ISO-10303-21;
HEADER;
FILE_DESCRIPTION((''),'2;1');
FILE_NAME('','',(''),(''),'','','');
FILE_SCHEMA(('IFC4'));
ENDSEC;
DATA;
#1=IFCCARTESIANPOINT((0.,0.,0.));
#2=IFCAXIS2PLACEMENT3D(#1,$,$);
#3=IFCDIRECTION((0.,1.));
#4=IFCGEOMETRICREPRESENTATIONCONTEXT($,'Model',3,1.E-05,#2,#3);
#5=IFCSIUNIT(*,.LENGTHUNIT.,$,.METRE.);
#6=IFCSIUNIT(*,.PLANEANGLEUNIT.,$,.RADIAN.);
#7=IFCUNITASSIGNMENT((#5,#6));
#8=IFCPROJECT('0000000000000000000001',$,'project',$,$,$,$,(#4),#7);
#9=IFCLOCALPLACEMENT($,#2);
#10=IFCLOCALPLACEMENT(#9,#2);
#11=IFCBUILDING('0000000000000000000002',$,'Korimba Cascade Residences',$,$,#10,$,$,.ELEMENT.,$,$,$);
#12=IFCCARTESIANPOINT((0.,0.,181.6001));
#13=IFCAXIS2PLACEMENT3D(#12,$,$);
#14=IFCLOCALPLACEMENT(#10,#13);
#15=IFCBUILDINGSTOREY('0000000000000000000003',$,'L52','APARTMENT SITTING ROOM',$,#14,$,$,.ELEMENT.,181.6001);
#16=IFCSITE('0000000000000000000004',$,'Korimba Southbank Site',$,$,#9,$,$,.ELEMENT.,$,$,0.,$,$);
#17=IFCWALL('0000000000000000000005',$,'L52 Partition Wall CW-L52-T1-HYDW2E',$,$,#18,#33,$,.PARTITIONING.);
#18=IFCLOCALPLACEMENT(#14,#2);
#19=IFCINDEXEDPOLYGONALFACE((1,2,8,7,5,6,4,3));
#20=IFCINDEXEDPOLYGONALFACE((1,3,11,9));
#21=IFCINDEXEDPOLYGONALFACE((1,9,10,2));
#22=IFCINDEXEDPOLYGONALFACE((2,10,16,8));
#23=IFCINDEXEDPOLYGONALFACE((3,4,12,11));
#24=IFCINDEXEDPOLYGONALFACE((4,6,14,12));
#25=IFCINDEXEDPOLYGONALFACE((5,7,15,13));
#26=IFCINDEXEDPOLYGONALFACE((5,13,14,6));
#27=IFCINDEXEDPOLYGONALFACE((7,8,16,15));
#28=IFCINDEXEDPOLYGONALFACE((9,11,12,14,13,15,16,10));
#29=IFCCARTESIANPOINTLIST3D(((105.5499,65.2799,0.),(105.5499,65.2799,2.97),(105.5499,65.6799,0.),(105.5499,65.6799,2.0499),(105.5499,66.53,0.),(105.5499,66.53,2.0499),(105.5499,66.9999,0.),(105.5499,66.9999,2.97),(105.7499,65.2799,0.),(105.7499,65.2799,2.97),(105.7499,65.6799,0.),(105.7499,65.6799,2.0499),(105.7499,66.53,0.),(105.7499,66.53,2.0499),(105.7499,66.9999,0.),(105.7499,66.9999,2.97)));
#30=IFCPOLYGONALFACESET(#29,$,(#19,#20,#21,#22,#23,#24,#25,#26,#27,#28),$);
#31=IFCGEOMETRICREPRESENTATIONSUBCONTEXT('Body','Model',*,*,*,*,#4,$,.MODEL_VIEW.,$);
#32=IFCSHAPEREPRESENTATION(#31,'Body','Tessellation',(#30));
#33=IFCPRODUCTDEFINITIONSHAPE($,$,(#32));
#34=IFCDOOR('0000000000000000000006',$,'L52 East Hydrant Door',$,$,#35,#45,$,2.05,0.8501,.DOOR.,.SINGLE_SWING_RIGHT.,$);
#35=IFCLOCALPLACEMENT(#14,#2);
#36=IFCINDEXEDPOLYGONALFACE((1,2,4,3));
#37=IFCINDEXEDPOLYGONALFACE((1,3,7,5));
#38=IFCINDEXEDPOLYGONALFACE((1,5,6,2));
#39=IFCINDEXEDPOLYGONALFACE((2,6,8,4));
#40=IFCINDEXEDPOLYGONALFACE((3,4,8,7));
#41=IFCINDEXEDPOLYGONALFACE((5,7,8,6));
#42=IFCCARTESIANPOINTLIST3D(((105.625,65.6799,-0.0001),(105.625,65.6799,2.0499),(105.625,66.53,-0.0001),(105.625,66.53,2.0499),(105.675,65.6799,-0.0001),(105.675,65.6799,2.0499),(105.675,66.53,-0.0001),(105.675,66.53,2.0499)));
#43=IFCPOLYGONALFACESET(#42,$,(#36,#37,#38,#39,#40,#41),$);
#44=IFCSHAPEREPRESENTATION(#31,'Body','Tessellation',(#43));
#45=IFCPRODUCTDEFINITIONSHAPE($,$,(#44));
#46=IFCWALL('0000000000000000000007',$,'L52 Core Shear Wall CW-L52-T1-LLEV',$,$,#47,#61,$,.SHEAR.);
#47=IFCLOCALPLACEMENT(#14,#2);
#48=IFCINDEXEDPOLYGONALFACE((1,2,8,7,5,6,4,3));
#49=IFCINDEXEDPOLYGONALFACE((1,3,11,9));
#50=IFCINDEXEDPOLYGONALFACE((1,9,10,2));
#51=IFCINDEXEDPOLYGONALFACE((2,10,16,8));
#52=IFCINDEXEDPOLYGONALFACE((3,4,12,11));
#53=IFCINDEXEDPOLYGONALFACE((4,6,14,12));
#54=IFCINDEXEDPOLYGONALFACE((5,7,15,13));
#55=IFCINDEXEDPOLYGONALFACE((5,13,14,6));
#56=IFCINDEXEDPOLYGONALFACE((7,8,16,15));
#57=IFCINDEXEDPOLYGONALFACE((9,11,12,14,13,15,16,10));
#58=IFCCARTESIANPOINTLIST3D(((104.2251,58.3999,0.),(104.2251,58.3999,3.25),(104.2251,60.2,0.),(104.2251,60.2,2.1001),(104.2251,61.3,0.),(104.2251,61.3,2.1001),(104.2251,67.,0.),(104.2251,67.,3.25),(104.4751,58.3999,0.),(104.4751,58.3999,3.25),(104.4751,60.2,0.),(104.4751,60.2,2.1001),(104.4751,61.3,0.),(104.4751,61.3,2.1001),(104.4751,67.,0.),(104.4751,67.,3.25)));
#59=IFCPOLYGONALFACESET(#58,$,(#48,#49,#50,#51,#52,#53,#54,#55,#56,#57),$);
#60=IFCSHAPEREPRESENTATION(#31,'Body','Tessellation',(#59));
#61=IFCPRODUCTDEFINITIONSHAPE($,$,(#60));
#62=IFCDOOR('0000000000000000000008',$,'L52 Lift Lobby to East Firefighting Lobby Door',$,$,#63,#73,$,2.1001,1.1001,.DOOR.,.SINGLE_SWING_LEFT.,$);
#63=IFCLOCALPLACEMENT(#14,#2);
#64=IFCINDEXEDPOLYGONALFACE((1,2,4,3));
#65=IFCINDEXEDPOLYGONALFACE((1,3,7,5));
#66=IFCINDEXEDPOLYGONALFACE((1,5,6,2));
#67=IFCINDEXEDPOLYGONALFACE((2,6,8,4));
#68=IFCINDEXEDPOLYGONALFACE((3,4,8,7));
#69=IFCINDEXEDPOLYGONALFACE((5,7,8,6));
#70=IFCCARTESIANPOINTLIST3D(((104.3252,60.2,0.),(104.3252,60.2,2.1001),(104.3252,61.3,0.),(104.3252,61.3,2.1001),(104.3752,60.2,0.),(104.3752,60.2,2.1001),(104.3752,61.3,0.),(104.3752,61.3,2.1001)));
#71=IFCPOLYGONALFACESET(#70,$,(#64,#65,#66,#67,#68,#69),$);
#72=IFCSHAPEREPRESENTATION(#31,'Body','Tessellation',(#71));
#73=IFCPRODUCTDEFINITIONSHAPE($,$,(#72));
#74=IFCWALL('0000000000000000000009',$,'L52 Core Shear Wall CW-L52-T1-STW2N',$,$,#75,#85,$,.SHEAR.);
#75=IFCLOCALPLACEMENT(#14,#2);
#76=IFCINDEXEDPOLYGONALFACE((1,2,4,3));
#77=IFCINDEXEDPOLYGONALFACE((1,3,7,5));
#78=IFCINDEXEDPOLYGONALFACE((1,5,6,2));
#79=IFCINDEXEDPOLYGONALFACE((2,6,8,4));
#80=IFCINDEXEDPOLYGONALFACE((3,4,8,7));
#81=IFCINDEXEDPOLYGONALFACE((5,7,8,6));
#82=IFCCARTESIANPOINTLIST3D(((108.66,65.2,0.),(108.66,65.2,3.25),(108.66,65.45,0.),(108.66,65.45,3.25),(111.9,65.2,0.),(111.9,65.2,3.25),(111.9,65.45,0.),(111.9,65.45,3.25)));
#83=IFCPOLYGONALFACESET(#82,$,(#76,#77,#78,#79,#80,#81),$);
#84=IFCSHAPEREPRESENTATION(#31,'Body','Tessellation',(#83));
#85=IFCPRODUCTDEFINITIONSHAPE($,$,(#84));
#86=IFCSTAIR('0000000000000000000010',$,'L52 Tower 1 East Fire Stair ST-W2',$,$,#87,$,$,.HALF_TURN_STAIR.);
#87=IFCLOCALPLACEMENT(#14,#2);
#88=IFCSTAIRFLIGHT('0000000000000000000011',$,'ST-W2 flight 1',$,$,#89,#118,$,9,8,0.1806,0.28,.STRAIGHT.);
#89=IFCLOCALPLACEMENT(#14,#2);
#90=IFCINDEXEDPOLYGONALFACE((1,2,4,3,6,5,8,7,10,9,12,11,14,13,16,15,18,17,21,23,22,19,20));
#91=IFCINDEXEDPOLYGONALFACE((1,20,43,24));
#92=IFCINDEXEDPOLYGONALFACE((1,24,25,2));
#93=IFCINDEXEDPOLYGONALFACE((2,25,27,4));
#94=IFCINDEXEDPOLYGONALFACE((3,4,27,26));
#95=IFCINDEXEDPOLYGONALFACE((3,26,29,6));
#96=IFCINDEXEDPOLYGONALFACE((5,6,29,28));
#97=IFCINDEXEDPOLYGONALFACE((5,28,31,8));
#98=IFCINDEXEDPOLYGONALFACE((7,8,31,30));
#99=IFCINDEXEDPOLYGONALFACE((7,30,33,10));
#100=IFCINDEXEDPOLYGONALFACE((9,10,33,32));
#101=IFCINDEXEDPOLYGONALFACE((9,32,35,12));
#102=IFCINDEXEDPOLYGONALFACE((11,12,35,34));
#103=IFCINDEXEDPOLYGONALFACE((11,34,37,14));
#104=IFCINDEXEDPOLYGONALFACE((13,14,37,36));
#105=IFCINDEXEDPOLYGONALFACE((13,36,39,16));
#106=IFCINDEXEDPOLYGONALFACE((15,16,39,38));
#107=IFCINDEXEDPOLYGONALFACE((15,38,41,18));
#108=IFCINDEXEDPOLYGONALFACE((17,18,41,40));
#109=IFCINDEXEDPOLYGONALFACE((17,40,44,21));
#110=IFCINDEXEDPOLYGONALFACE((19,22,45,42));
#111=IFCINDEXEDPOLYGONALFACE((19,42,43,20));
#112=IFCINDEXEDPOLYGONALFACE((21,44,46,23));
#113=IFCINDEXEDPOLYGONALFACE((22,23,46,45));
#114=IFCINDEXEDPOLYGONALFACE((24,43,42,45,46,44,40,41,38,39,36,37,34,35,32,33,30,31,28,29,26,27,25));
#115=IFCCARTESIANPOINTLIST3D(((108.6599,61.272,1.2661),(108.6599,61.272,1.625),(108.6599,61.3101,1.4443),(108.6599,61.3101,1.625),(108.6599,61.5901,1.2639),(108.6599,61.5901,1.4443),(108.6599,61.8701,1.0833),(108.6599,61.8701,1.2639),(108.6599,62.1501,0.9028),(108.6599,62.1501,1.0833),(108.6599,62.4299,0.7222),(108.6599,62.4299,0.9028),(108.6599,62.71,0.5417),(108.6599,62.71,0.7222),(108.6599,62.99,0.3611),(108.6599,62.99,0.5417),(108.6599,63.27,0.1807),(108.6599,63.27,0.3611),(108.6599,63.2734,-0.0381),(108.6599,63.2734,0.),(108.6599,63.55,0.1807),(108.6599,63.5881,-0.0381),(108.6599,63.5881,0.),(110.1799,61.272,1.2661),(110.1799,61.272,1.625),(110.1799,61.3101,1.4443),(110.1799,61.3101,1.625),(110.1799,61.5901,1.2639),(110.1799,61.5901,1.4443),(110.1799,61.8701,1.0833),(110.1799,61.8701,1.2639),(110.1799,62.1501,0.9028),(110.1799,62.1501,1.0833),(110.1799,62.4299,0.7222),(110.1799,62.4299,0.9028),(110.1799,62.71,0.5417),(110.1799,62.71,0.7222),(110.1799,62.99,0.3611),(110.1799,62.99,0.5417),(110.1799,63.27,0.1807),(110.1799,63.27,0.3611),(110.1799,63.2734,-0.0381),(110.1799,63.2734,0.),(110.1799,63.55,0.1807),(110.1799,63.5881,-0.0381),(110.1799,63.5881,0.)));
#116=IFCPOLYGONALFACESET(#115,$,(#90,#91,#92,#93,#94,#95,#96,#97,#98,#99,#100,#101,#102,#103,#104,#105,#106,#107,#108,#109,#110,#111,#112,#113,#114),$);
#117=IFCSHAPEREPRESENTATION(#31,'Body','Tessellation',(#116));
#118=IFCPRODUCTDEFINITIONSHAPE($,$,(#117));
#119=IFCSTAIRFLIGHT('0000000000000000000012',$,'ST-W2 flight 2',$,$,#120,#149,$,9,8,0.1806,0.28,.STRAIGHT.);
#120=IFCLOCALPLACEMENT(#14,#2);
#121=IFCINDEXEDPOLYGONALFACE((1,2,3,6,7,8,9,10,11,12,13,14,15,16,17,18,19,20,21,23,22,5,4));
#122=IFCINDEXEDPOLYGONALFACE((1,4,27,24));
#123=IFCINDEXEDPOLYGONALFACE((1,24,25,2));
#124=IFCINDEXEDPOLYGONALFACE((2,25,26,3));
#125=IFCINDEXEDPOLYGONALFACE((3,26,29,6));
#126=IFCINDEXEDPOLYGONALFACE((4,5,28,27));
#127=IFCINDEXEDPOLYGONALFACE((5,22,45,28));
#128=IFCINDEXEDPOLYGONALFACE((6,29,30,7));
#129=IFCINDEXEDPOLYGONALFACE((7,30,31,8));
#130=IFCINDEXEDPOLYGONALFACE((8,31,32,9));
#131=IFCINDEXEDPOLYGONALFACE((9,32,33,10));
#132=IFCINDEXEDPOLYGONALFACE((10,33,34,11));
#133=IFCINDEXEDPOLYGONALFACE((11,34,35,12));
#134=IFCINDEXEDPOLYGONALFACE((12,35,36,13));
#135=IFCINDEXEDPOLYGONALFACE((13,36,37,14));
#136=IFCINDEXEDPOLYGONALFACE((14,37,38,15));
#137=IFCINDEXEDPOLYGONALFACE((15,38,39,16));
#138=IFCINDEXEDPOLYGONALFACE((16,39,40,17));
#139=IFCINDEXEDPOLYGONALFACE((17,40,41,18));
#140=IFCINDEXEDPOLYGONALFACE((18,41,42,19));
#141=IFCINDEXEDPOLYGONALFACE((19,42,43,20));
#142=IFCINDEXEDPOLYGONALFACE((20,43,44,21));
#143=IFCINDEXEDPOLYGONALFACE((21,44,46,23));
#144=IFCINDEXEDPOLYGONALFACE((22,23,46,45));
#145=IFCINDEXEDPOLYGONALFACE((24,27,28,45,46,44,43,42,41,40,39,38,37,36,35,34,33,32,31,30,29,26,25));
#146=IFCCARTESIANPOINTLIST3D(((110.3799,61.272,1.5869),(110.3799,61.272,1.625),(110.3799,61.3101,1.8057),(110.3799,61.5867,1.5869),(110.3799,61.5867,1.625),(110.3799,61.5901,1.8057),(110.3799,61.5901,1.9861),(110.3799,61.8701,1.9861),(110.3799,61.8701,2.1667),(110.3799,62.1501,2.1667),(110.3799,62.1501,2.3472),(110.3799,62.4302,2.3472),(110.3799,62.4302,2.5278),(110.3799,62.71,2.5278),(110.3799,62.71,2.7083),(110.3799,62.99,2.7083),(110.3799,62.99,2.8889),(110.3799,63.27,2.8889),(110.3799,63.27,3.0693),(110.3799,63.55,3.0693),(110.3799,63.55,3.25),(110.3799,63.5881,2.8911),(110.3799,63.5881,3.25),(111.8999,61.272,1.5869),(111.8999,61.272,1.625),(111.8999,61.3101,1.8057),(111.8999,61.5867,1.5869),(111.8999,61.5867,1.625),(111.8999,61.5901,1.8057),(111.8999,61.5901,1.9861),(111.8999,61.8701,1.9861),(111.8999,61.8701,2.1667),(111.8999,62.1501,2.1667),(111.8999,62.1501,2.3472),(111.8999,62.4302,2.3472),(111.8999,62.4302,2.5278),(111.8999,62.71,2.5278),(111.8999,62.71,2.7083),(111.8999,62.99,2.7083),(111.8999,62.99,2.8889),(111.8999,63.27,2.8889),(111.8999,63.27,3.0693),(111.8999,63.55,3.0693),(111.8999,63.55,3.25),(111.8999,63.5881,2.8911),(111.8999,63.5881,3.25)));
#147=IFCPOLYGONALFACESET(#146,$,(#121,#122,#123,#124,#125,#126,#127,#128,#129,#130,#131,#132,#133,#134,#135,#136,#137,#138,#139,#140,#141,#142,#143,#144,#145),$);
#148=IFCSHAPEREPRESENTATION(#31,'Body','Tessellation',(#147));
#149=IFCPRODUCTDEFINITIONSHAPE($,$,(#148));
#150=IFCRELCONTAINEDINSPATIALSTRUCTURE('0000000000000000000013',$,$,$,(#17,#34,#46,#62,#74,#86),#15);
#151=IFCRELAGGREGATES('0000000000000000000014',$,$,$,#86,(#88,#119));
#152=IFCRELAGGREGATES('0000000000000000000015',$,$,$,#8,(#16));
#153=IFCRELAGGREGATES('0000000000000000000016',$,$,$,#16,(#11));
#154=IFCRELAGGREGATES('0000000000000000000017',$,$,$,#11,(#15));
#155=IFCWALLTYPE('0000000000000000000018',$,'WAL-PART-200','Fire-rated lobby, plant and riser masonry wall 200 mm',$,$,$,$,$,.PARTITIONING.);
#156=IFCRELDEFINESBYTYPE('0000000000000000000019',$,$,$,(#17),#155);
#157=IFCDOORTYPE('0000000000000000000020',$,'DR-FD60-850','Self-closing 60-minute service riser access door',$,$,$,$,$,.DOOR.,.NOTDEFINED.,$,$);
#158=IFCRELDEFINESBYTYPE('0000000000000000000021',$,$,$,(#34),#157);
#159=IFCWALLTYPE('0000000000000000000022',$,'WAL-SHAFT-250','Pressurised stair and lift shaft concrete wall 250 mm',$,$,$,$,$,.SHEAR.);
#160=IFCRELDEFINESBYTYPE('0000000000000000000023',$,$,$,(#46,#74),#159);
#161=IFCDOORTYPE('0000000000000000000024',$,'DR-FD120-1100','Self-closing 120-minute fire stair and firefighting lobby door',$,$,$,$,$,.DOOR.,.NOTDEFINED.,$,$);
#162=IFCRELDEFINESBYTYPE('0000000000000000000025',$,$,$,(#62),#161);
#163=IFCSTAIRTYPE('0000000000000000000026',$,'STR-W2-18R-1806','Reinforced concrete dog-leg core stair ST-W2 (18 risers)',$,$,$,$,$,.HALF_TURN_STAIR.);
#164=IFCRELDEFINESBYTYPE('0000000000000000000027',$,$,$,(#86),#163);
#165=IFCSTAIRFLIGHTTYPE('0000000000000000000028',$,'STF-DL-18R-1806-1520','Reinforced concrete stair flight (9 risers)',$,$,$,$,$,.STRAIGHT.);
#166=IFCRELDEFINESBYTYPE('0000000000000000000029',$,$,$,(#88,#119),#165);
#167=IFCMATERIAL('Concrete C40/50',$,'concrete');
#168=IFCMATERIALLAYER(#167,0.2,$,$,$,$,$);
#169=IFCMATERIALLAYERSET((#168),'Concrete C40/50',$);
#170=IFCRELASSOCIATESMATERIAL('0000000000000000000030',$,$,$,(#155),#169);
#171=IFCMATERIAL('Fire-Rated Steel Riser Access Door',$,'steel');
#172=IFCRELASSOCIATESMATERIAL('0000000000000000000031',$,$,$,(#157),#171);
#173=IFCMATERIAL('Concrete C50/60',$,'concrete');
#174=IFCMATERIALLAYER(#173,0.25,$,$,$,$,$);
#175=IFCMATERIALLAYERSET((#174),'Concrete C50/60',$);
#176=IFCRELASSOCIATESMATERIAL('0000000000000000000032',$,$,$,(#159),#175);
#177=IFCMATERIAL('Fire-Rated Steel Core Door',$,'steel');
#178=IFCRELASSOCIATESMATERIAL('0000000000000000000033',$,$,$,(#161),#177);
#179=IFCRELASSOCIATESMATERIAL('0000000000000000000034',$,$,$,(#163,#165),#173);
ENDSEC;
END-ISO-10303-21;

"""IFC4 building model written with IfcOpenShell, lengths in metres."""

from ifc_helpers import new_model, si_unit, direction, frame, frame_2d, origin, place, context, subcontext, project, spatial, polyline, rectangle, outline, extrude, material, layer, layer_set, type_object, element, fill, aggregate, save


model = new_model("IFC4")

# Units and contexts
model_context = context("Model", 3, precision=1e-05, world=origin(), true_north=direction((0.0, 1.0)))
body_context = subcontext(model_context, "Body", "Model", "MODEL_VIEW")
ifc_project = project(units=[si_unit("LENGTHUNIT", "METRE"), si_unit("PLANEANGLEUNIT", "RADIAN")], contexts=[model_context])

# Site, building, storey
site_placement = place(None, origin())
site = spatial("IfcSite", under=ifc_project, at=site_placement, Name="Korimba Southbank Site", CompositionType="ELEMENT", RefElevation=0.0)
building_placement = place(site_placement, origin())
building = spatial("IfcBuilding", under=site, at=building_placement, Name="Korimba Cascade Residences", CompositionType="ELEMENT")
storey_placement = place(building_placement, frame((0.0, 0.0, 181.6001)))
storey = spatial("IfcBuildingStorey", under=building, at=storey_placement, Name="L52", Description="APARTMENT SITTING ROOM", CompositionType="ELEMENT", Elevation=181.6001)

# Shared definitions
ifc_material_1 = material(Name="Concrete C40/50", Category="concrete")
ifc_layer_1 = layer(ifc_material_1, 0.2)
ifc_layer_set_1 = layer_set([ifc_layer_1], Name="Concrete C40/50")
wall_type_1 = type_object("IfcWallType", Name="WAL-PART-200", Description="Fire-rated lobby, plant and riser masonry wall 200 mm", PredefinedType="PARTITIONING", material=ifc_layer_set_1)

# Wall, opening, door
wall_1_placement = place(storey_placement, frame((105.6499, 65.28, 0.0), z_axis=(0.0, 0.0, 1.0), x_axis=(0.0, 1.0, 0.0)))
wall_1 = element("IfcWall", 1, at=wall_1_placement, inside=storey, type_object=wall_type_1, Name="L52 Partition Wall CW-L52-T1-HYDW2E", PredefinedType="PARTITIONING", context=body_context, shape_type="SweptSolid", body=[
    extrude(rectangle(XDim=1.72, YDim=0.2, at=frame_2d((0.8599, 0.0))), origin(), (0.0, 0.0, 1.0), 2.97),
])
opening_1_placement = place(wall_1_placement, frame((0.3999, 0.0, 0.0)))
opening_1 = element("IfcOpeningElement", 2, at=opening_1_placement, cuts=wall_1, PredefinedType="OPENING", context=body_context, shape_type="SweptSolid", body=[
    extrude(rectangle(XDim=0.8501, YDim=2.05, at=frame_2d((0.425, 1.0249))), frame((0.0, 0.1099, 0.0), z_axis=(0.0, -1.0, 0.0), x_axis=(1.0, 0.0, 0.0)), (0.0, 0.0, 1.0), 0.22),
])
ifc_material_2 = material(Name="Fire-Rated Steel Riser Access Door", Category="steel")
door_type_1 = type_object("IfcDoorType", Name="DR-FD60-850", Description="Self-closing 60-minute service riser access door", OperationType="NOTDEFINED", PredefinedType="DOOR", material=ifc_material_2)
door_1_placement = place(opening_1_placement, origin())
door_1 = element("IfcDoor", 3, at=door_1_placement, inside=storey, type_object=door_type_1, Name="L52 East Hydrant Door", OperationType="SINGLE_SWING_RIGHT", OverallHeight=2.05, OverallWidth=0.8501, PredefinedType="DOOR", context=body_context, shape_type="SweptSolid", body=[
    extrude(rectangle(XDim=0.8501, YDim=2.05, at=frame_2d((0.425, 1.0249))), frame((0.0, 0.0249, 0.0), z_axis=(0.0, -1.0, 0.0), x_axis=(1.0, 0.0, 0.0)), (0.0, 0.0, 1.0), 0.05),
])
fill(opening_1, door_1)

# Shared definitions
ifc_material_3 = material(Name="Concrete C50/60", Category="concrete")
ifc_layer_2 = layer(ifc_material_3, 0.25)
ifc_layer_set_2 = layer_set([ifc_layer_2], Name="Concrete C50/60")
wall_type_2 = type_object("IfcWallType", Name="WAL-SHAFT-250", Description="Pressurised stair and lift shaft concrete wall 250 mm", PredefinedType="SHEAR", material=ifc_layer_set_2)

# Wall, opening, door
wall_2_placement = place(storey_placement, frame((104.3501, 58.3999, 0.0), z_axis=(0.0, 0.0, 1.0), x_axis=(0.0, 1.0, 0.0)))
wall_2 = element("IfcWall", 4, at=wall_2_placement, inside=storey, type_object=wall_type_2, Name="L52 Core Shear Wall CW-L52-T1-LLEV", PredefinedType="SHEAR", context=body_context, shape_type="SweptSolid", body=[
    extrude(rectangle(XDim=8.6001, YDim=0.25, at=frame_2d((4.3, 0.0))), origin(), (0.0, 0.0, 1.0), 3.25),
])
opening_2_placement = place(wall_2_placement, frame((1.8, 0.0, 0.0)))
opening_2 = element("IfcOpeningElement", 5, at=opening_2_placement, cuts=wall_2, PredefinedType="OPENING", context=body_context, shape_type="SweptSolid", body=[
    extrude(rectangle(XDim=1.1001, YDim=2.1001, at=frame_2d((0.55, 1.05))), frame((0.0, 0.135, 0.0), z_axis=(0.0, -1.0, 0.0), x_axis=(1.0, 0.0, 0.0)), (0.0, 0.0, 1.0), 0.27),
])
ifc_material_4 = material(Name="Fire-Rated Steel Core Door", Category="steel")
door_type_2 = type_object("IfcDoorType", Name="DR-FD120-1100", Description="Self-closing 120-minute fire stair and firefighting lobby door", OperationType="NOTDEFINED", PredefinedType="DOOR", material=ifc_material_4)
door_2_placement = place(opening_2_placement, origin())
door_2 = element("IfcDoor", 6, at=door_2_placement, inside=storey, type_object=door_type_2, Name="L52 Lift Lobby to East Firefighting Lobby Door", OperationType="SINGLE_SWING_LEFT", OverallHeight=2.1001, OverallWidth=1.1001, PredefinedType="DOOR", context=body_context, shape_type="SweptSolid", body=[
    extrude(rectangle(XDim=1.1001, YDim=2.1001, at=frame_2d((0.55, 1.05))), frame((0.0, 0.0249, 0.0), z_axis=(0.0, -1.0, 0.0), x_axis=(1.0, 0.0, 0.0)), (0.0, 0.0, 1.0), 0.05),
])
fill(opening_2, door_2)

# Wall
wall_3_placement = place(storey_placement, frame((108.6599, 65.325, 0.0), z_axis=(0.0, 0.0, 1.0), x_axis=(1.0, 0.0, 0.0)))
element("IfcWall", 7, at=wall_3_placement, inside=storey, type_object=wall_type_2, Name="L52 Core Shear Wall CW-L52-T1-STW2N", PredefinedType="SHEAR", context=body_context, shape_type="SweptSolid", body=[
    extrude(rectangle(XDim=3.24, YDim=0.25, at=frame_2d((1.6201, 0.0))), origin(), (0.0, 0.0, 1.0), 3.25),
])

# Stair, stair flights
stair_type = type_object("IfcStairType", Name="STR-W2-18R-1806", Description="Reinforced concrete dog-leg core stair ST-W2 (18 risers)", PredefinedType="HALF_TURN_STAIR", material=ifc_material_3)
stair_placement = place(storey_placement, origin())
stair = element("IfcStair", 8, at=stair_placement, inside=storey, type_object=stair_type, Name="L52 Tower 1 East Fire Stair ST-W2", PredefinedType="HALF_TURN_STAIR")
stair_flight_type = type_object("IfcStairFlightType", Name="STF-DL-18R-1806-1520", Description="Reinforced concrete stair flight (9 risers)", PredefinedType="STRAIGHT", material=ifc_material_3)
stair_flight_1_placement = place(storey_placement, frame((109.4199, 63.55, 0.0), z_axis=(0.0, 0.0, 1.0), x_axis=(0.0, -1.0, 0.0)))
stair_flight_1 = element("IfcStairFlight", 9, at=stair_flight_1_placement, type_object=stair_flight_type, Name="ST-W2 flight 1", NumberOfRisers=9, NumberOfTreads=8, PredefinedType="STRAIGHT", RiserHeight=0.1806, TreadLength=0.28, context=body_context, shape_type="SweptSolid", body=[
    extrude(outline(polyline([(-0.0381, 0.0), (0.0, 0.1807), (0.28, 0.1807), (0.28, 0.3611), (0.5601, 0.3611), (0.5601, 0.5417), (0.8401, 0.5417), (0.8401, 0.7222), (1.1201, 0.7222), (1.1201, 0.9028), (1.3999, 0.9028), (1.3999, 1.0833), (1.6799, 1.0833), (1.6799, 1.2639), (1.96, 1.2639), (1.96, 1.4443), (2.24, 1.4443), (2.24, 1.625), (2.2781, 1.625), (2.2781, 1.2661), (0.2766, 0.0), (0.2766, -0.0381), (-0.0381, -0.0381), (-0.0381, 0.0)])), frame((0.0, 0.76, 0.0), z_axis=(0.0, -1.0, 0.0), x_axis=(1.0, 0.0, 0.0)), (0.0, 0.0, 1.0), 1.52),
])
stair_flight_2_placement = place(storey_placement, frame((111.1399, 61.3101, 1.625), z_axis=(0.0, 0.0, 1.0), x_axis=(0.0, 1.0, 0.0)))
stair_flight_2 = element("IfcStairFlight", 10, at=stair_flight_2_placement, type_object=stair_flight_type, Name="ST-W2 flight 2", NumberOfRisers=9, NumberOfTreads=8, PredefinedType="STRAIGHT", RiserHeight=0.1806, TreadLength=0.28, context=body_context, shape_type="SweptSolid", body=[
    extrude(outline(polyline([(-0.0381, 0.0), (0.0, 0.1807), (0.28, 0.1807), (0.28, 0.3611), (0.5601, 0.3611), (0.5601, 0.5417), (0.8401, 0.5417), (0.8401, 0.7222), (1.1201, 0.7222), (1.1201, 0.9028), (1.3999, 0.9028), (1.3999, 1.0833), (1.6799, 1.0833), (1.6799, 1.2639), (1.96, 1.2639), (1.96, 1.4443), (2.24, 1.4443), (2.24, 1.625), (2.2781, 1.625), (2.2781, 1.2661), (0.2766, 0.0), (0.2766, -0.0381), (-0.0381, -0.0381), (-0.0381, 0.0)])), frame((0.0, 0.76, 0.0), z_axis=(0.0, -1.0, 0.0), x_axis=(1.0, 0.0, 0.0)), (0.0, 0.0, 1.0), 1.52),
])
aggregate(stair, [stair_flight_1, stair_flight_2])

save(model, "model.ifc")
